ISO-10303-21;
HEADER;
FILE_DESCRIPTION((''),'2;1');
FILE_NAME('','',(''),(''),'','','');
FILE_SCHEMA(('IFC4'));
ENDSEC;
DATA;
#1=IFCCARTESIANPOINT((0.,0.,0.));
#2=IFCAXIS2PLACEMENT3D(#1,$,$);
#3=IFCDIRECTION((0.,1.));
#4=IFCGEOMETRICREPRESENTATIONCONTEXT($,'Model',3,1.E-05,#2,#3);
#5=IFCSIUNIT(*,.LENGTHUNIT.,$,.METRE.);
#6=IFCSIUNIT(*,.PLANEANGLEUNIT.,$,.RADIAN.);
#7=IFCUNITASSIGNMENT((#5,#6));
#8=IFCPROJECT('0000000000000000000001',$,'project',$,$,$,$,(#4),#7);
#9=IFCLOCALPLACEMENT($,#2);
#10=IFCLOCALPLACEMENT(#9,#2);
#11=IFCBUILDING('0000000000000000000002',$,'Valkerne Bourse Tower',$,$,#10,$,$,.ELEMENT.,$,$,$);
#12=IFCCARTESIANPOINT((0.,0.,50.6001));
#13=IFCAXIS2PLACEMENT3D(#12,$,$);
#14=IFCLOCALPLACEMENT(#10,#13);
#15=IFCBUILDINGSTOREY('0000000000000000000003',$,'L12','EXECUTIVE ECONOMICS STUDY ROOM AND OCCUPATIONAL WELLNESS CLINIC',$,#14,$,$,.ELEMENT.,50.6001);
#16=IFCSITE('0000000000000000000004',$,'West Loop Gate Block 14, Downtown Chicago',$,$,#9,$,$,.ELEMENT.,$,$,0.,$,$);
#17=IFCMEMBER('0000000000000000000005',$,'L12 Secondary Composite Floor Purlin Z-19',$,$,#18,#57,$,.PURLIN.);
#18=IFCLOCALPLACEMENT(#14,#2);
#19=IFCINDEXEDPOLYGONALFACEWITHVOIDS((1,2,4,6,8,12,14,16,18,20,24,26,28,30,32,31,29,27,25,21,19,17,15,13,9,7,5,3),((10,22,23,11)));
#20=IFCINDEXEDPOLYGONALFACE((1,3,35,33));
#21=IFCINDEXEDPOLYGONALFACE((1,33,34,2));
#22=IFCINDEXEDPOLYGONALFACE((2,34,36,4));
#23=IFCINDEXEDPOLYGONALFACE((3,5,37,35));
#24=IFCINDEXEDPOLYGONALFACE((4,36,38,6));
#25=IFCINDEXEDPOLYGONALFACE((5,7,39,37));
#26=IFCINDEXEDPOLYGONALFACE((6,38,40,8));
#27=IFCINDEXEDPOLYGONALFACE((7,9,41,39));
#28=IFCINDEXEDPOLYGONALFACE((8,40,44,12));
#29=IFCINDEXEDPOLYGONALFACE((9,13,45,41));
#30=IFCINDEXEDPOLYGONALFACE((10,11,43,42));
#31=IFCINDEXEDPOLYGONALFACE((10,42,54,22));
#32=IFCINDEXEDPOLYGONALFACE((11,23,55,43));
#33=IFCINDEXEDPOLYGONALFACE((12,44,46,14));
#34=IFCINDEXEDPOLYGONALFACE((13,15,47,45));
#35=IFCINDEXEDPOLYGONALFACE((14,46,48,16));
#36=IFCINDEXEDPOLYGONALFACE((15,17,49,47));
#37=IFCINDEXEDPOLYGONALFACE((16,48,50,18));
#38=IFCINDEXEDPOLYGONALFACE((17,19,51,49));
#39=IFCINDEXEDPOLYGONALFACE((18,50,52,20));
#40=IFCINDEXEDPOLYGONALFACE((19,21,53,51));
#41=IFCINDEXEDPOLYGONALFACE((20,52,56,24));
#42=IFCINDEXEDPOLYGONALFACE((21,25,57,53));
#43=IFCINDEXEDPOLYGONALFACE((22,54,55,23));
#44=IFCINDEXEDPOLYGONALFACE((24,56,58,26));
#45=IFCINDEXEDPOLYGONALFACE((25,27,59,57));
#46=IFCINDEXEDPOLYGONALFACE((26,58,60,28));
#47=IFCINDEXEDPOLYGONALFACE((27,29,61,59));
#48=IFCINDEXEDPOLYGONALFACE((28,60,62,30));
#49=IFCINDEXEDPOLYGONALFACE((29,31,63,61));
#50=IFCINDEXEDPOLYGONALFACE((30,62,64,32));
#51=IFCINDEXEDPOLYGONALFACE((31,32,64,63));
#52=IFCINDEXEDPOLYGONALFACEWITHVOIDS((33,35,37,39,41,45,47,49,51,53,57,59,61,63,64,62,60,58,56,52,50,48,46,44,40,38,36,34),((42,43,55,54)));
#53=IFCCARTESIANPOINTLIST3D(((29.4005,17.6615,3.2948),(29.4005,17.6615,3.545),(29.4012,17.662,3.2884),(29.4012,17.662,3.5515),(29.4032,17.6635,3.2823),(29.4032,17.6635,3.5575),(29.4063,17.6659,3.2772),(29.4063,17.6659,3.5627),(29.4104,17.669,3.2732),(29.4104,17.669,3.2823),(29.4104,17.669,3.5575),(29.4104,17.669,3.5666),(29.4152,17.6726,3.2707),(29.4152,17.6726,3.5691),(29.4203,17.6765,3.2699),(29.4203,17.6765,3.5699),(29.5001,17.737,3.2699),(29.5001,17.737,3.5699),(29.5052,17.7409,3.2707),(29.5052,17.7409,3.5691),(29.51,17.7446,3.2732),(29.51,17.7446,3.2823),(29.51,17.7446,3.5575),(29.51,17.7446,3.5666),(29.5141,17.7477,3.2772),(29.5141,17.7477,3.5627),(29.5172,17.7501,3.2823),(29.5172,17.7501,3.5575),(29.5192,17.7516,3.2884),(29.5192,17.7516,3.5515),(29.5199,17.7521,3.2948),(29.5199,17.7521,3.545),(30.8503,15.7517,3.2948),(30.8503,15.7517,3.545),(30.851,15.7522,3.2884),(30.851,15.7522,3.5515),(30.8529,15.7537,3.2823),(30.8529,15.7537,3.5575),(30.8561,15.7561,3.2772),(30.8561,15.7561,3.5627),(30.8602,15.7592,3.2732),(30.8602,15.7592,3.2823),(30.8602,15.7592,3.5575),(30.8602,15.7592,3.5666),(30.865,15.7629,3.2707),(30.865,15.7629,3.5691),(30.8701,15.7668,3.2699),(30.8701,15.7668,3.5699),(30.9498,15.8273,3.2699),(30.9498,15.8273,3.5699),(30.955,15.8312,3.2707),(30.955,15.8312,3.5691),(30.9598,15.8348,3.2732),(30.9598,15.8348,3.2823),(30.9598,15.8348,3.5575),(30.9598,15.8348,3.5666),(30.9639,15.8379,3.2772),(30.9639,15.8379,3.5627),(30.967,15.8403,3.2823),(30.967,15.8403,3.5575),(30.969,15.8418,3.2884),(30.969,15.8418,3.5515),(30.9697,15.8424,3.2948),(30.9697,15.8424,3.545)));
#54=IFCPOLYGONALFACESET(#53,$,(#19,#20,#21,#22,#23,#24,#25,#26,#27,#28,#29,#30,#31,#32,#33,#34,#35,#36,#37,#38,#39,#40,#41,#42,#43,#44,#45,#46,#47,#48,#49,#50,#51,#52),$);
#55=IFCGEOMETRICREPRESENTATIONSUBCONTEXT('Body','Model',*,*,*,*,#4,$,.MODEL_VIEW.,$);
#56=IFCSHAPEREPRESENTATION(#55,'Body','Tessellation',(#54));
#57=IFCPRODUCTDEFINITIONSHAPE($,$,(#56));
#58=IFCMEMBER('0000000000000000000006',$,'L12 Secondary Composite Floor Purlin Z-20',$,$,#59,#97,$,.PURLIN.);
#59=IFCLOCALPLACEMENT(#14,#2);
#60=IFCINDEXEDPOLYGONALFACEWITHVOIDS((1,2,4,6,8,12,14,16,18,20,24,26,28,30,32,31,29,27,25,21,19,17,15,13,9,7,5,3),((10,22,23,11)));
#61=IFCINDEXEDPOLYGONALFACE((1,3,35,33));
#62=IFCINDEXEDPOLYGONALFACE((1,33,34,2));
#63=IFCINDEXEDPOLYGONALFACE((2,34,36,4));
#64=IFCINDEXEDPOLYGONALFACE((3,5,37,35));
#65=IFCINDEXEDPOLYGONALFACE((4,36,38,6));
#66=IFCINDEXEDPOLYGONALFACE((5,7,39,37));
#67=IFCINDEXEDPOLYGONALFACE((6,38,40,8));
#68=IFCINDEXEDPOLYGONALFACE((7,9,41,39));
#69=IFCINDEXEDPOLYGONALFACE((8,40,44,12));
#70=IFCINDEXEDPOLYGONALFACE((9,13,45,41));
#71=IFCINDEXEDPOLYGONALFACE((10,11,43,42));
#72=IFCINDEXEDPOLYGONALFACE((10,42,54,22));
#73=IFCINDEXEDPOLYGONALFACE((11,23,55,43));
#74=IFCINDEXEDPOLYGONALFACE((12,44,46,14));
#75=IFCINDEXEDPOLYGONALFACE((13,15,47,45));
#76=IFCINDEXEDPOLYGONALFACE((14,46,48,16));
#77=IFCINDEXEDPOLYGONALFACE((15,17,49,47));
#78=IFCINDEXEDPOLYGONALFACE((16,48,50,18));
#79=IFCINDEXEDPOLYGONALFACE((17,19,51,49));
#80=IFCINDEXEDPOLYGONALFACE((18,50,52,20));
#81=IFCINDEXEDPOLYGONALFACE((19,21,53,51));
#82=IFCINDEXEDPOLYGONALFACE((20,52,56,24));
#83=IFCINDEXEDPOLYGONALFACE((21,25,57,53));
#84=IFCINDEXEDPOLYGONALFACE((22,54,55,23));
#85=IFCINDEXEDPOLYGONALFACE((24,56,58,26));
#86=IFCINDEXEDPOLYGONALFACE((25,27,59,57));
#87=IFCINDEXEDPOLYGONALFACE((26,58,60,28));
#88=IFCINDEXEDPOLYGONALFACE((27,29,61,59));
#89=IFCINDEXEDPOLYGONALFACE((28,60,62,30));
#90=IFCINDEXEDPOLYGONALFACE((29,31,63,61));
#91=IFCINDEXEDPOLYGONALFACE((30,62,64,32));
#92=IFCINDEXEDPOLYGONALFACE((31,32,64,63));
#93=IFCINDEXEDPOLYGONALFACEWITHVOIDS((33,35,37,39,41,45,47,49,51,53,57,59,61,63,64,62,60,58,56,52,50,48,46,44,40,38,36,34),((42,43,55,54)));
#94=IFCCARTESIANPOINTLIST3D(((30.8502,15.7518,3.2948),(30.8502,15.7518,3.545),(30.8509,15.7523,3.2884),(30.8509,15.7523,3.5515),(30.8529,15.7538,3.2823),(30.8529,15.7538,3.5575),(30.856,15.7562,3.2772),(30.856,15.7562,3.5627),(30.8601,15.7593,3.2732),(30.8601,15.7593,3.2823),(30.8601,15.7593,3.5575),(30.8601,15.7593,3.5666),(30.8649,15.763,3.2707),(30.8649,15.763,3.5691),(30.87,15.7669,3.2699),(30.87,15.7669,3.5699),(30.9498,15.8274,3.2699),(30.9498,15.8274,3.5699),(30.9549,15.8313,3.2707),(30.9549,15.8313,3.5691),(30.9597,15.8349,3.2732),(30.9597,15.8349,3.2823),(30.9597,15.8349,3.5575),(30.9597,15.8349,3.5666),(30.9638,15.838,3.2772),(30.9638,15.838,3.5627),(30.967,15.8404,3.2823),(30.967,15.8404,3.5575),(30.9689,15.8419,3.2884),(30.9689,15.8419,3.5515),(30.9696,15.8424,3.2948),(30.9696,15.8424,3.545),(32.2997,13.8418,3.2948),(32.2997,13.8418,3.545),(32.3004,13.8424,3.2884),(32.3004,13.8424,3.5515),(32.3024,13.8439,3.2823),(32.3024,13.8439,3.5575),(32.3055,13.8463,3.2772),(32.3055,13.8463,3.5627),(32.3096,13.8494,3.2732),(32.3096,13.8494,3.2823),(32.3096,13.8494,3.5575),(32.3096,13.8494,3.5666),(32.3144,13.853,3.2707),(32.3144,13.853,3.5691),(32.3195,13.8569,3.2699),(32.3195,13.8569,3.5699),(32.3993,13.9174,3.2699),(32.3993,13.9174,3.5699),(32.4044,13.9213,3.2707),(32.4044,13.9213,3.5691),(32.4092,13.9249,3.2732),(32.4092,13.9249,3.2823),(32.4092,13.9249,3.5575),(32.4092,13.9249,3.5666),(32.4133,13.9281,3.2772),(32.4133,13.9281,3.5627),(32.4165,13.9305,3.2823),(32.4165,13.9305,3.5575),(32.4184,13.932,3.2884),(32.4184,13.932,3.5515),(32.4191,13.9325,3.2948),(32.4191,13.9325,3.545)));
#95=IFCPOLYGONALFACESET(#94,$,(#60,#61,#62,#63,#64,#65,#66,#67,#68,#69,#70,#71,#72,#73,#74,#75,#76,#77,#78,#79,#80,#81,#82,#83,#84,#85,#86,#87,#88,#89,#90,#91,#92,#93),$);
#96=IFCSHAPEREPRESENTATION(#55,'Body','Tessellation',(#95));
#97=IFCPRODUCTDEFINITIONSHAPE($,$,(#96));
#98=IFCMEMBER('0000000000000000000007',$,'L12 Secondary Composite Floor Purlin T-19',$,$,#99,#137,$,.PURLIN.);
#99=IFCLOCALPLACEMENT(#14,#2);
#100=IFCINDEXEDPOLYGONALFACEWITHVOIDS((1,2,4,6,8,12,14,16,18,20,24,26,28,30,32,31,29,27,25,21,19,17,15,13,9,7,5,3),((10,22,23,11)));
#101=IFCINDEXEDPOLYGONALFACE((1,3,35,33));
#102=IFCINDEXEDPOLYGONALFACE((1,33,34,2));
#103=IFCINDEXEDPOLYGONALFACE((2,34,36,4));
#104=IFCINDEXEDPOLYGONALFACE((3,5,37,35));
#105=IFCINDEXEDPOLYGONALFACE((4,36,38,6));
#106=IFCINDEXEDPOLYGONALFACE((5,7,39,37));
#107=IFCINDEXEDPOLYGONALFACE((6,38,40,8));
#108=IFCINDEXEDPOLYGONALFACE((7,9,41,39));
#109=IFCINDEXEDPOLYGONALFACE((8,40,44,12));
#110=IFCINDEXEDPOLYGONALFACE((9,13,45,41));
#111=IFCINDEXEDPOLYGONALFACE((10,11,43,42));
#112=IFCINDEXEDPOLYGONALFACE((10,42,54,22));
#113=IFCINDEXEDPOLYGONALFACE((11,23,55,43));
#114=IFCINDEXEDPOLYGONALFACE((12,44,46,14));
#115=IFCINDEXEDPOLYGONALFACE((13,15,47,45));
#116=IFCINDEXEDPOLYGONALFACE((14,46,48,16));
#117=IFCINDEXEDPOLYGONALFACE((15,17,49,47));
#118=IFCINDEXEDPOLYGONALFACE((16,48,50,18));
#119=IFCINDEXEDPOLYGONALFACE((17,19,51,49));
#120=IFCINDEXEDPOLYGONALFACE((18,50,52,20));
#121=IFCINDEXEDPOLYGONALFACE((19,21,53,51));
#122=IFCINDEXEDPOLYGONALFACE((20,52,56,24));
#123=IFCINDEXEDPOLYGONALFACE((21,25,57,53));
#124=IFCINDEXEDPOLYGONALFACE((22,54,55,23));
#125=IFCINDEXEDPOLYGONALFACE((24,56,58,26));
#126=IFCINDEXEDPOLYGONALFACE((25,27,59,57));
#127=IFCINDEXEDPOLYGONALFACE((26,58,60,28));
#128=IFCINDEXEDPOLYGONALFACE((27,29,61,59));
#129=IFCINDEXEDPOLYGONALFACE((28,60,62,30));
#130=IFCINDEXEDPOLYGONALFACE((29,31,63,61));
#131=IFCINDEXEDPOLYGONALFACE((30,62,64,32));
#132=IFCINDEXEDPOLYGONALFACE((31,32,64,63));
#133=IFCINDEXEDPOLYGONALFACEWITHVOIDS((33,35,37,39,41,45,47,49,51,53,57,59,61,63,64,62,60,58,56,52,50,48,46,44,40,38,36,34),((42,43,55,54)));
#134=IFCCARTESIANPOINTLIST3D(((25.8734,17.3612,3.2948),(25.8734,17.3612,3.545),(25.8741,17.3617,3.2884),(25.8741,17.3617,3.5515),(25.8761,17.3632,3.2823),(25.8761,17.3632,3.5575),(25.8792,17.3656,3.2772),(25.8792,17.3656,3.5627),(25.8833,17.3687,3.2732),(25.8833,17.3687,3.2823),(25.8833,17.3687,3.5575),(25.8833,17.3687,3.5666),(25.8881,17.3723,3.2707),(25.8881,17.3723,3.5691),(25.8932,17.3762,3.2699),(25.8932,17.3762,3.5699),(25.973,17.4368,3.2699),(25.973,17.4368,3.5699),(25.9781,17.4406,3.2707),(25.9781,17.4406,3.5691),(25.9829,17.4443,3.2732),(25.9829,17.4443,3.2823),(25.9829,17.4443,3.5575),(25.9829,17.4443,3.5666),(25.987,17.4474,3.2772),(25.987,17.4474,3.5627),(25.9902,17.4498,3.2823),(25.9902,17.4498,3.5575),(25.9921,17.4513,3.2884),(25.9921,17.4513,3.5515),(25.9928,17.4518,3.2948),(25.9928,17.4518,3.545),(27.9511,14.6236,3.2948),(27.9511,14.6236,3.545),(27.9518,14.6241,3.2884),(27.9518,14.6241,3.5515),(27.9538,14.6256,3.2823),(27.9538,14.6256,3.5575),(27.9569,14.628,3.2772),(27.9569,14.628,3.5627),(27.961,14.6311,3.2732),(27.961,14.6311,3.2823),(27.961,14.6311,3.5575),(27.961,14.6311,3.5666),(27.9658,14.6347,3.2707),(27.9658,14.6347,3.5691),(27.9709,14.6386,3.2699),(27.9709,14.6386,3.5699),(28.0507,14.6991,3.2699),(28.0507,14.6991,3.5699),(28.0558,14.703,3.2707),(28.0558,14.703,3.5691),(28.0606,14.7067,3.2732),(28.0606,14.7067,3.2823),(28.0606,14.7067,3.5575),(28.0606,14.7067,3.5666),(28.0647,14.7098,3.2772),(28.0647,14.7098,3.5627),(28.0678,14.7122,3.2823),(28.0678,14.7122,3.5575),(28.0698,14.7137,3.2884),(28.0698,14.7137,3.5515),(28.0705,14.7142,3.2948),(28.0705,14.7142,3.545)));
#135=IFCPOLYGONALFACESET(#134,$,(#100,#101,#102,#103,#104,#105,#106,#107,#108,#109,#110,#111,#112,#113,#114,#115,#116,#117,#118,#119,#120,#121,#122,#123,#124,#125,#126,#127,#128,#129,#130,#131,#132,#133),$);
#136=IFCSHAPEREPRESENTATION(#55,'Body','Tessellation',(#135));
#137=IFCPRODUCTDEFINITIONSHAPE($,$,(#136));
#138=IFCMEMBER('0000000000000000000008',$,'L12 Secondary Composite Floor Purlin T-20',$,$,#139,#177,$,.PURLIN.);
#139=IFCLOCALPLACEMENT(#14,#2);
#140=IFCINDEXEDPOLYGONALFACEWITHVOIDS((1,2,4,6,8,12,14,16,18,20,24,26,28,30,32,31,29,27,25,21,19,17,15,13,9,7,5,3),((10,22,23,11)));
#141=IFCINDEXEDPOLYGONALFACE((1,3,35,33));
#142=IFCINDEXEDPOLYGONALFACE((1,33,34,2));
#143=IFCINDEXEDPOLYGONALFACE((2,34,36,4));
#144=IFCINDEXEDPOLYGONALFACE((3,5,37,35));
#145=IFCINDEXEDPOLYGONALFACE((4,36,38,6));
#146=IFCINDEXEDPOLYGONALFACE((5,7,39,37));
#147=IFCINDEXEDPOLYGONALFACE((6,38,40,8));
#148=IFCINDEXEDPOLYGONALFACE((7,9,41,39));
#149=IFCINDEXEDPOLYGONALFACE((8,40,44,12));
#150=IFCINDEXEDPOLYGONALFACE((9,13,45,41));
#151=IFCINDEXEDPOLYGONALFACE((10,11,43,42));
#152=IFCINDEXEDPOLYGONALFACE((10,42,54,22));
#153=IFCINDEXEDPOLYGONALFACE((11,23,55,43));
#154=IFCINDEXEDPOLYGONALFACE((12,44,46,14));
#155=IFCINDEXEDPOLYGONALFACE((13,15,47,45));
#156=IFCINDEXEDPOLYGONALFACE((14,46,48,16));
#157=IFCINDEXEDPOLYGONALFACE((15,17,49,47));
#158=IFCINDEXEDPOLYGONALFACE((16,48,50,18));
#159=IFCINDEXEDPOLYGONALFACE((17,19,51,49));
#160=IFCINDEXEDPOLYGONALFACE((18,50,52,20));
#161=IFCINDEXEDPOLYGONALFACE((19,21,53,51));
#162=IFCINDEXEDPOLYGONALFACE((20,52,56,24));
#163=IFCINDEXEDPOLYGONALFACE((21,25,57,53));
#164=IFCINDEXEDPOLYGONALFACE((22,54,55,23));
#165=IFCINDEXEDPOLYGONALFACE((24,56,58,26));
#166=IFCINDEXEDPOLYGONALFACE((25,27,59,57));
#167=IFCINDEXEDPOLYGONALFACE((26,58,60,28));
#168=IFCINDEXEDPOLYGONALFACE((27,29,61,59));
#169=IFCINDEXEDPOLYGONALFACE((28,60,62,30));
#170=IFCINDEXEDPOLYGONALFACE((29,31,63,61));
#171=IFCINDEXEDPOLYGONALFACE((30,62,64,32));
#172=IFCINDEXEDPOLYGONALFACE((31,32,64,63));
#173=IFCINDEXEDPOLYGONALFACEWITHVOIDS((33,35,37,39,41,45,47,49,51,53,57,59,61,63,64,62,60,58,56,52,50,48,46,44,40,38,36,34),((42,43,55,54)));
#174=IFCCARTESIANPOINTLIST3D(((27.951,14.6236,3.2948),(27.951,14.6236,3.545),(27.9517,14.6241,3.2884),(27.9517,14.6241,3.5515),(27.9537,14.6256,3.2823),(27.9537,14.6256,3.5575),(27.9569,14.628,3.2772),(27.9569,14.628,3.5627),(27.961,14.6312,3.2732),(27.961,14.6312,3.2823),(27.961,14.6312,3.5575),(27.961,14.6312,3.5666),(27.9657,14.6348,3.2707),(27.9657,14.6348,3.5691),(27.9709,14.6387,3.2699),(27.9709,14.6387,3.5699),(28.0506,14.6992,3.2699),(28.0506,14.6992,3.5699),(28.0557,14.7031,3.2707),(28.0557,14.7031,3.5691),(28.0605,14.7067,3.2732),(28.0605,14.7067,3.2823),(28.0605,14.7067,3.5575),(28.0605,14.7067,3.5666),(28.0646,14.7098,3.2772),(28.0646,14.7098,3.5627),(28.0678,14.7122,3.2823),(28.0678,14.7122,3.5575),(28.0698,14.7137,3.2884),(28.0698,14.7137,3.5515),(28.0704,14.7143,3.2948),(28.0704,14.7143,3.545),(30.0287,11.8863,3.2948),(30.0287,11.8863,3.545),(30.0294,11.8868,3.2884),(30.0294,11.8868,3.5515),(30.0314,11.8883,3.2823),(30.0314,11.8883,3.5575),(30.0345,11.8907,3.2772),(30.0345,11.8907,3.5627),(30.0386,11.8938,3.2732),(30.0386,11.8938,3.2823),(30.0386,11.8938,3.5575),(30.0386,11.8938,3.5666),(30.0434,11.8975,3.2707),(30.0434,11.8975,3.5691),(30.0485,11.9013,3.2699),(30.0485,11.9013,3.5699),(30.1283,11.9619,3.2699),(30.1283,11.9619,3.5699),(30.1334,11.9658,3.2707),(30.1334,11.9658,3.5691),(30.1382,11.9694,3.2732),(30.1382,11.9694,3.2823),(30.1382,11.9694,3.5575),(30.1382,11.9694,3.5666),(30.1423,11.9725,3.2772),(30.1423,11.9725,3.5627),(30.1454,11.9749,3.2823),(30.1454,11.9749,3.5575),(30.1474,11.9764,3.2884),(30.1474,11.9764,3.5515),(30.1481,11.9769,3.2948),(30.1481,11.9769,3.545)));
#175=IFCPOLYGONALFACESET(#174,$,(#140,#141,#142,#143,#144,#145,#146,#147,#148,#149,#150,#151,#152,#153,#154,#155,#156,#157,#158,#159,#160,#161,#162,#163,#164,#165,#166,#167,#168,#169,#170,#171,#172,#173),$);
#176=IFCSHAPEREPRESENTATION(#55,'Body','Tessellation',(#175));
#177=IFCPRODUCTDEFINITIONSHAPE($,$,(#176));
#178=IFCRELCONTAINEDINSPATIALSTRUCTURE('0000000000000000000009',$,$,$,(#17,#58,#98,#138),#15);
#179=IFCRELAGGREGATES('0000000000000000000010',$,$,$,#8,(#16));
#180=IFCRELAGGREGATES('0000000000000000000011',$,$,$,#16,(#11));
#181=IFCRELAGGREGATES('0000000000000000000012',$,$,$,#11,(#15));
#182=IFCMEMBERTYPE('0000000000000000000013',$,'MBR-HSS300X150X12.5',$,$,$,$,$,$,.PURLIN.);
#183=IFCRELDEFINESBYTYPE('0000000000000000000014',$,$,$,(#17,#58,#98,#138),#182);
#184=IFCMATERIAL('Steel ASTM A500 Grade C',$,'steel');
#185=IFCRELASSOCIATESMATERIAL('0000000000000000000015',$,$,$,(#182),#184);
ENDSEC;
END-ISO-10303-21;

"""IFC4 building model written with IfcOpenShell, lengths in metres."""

from ifc_helpers import new_model, si_unit, direction, frame, origin, origin_2d, place, context, subcontext, project, spatial, hollow_rectangle, extrude, material, material_profile, profile_set, type_object, element, save


model = new_model("IFC4")

# Units and contexts
model_context = context("Model", 3, precision=1e-05, world=origin(), true_north=direction((0.0, 1.0)))
body_context = subcontext(model_context, "Body", "Model", "MODEL_VIEW")
ifc_project = project(units=[si_unit("LENGTHUNIT", "METRE"), si_unit("PLANEANGLEUNIT", "RADIAN")], contexts=[model_context])

# Site, building, storey
site_placement = place(None, origin())
site = spatial("IfcSite", under=ifc_project, at=site_placement, Name="West Loop Gate Block 14, Downtown Chicago", CompositionType="ELEMENT", RefElevation=0.0)
building_placement = place(site_placement, origin())
building = spatial("IfcBuilding", under=site, at=building_placement, Name="Valkerne Bourse Tower", CompositionType="ELEMENT")
storey_placement = place(building_placement, frame((0.0, 0.0, 50.6001)))
storey = spatial("IfcBuildingStorey", under=building, at=storey_placement, Name="L12", Description="EXECUTIVE ECONOMICS STUDY ROOM AND OCCUPATIONAL WELLNESS CLINIC", CompositionType="ELEMENT", Elevation=50.6001)

# Members
ifc_material_1 = material(Name="Steel ASTM A500 Grade C", Category="steel")
ifc_material_profile_1 = material_profile(ifc_material_1, hollow_rectangle(XDim=0.1499, YDim=0.3, WallThickness=0.0125, OuterFilletRadius=0.0249, at=origin_2d()), Name="HSS300X150X12.5")
ifc_profile_set_1 = profile_set([ifc_material_profile_1], Name="Steel ASTM A500 Grade C")
member_type_1 = type_object("IfcMemberType", Name="MBR-HSS300X150X12.5", PredefinedType="PURLIN", material=ifc_profile_set_1)
for number, where, z_axis, x_axis, name in (
    (1, (29.4602, 17.7068, 3.4199), (0.604649, -0.796492, 0.0), (0.796492, 0.604649, 0.0), "L12 Secondary Composite Floor Purlin Z-19"),
    (2, (30.9099, 15.7971, 3.4199), (0.604536, -0.796578, 0.0), (0.796578, 0.604536, 0.0), "L12 Secondary Composite Floor Purlin Z-20"),
):
    element("IfcMember", number, at=place(storey_placement, frame(where, z_axis=z_axis, x_axis=x_axis)), inside=storey, type_object=member_type_1, Name=name, PredefinedType="PURLIN", context=body_context, shape_type="SweptSolid", body=[
        extrude(hollow_rectangle(XDim=0.1499, YDim=0.3, WallThickness=0.0125, OuterFilletRadius=0.0249, at=origin_2d()), origin(), (0.0, 0.0, 1.0), 2.3977),
    ])
member_1_placement = place(storey_placement, frame((25.9331, 17.4065, 3.4199), z_axis=(0.604548, -0.796569, 0.0), x_axis=(0.796569, 0.604548, 0.0)))
element("IfcMember", 3, at=member_1_placement, inside=storey, type_object=member_type_1, Name="L12 Secondary Composite Floor Purlin T-19", PredefinedType="PURLIN", context=body_context, shape_type="SweptSolid", body=[
    extrude(hollow_rectangle(XDim=0.1499, YDim=0.3, WallThickness=0.0125, OuterFilletRadius=0.0249, at=origin_2d()), origin(), (0.0, 0.0, 1.0), 3.4368),
])
for number, where, z_axis, x_axis, name in (
    (4, (28.0107, 14.6689, 3.4199), (0.604582, -0.796543, 0.0), (0.796543, 0.604582, 0.0), "L12 Secondary Composite Floor Purlin T-20"),
):
    element("IfcMember", number, at=place(storey_placement, frame(where, z_axis=z_axis, x_axis=x_axis)), inside=storey, type_object=member_type_1, Name=name, PredefinedType="PURLIN", context=body_context, shape_type="SweptSolid", body=[
        extrude(hollow_rectangle(XDim=0.1499, YDim=0.3, WallThickness=0.0125, OuterFilletRadius=0.0249, at=origin_2d()), origin(), (0.0, 0.0, 1.0), 3.4365),
    ])

save(model, "model.ifc")
